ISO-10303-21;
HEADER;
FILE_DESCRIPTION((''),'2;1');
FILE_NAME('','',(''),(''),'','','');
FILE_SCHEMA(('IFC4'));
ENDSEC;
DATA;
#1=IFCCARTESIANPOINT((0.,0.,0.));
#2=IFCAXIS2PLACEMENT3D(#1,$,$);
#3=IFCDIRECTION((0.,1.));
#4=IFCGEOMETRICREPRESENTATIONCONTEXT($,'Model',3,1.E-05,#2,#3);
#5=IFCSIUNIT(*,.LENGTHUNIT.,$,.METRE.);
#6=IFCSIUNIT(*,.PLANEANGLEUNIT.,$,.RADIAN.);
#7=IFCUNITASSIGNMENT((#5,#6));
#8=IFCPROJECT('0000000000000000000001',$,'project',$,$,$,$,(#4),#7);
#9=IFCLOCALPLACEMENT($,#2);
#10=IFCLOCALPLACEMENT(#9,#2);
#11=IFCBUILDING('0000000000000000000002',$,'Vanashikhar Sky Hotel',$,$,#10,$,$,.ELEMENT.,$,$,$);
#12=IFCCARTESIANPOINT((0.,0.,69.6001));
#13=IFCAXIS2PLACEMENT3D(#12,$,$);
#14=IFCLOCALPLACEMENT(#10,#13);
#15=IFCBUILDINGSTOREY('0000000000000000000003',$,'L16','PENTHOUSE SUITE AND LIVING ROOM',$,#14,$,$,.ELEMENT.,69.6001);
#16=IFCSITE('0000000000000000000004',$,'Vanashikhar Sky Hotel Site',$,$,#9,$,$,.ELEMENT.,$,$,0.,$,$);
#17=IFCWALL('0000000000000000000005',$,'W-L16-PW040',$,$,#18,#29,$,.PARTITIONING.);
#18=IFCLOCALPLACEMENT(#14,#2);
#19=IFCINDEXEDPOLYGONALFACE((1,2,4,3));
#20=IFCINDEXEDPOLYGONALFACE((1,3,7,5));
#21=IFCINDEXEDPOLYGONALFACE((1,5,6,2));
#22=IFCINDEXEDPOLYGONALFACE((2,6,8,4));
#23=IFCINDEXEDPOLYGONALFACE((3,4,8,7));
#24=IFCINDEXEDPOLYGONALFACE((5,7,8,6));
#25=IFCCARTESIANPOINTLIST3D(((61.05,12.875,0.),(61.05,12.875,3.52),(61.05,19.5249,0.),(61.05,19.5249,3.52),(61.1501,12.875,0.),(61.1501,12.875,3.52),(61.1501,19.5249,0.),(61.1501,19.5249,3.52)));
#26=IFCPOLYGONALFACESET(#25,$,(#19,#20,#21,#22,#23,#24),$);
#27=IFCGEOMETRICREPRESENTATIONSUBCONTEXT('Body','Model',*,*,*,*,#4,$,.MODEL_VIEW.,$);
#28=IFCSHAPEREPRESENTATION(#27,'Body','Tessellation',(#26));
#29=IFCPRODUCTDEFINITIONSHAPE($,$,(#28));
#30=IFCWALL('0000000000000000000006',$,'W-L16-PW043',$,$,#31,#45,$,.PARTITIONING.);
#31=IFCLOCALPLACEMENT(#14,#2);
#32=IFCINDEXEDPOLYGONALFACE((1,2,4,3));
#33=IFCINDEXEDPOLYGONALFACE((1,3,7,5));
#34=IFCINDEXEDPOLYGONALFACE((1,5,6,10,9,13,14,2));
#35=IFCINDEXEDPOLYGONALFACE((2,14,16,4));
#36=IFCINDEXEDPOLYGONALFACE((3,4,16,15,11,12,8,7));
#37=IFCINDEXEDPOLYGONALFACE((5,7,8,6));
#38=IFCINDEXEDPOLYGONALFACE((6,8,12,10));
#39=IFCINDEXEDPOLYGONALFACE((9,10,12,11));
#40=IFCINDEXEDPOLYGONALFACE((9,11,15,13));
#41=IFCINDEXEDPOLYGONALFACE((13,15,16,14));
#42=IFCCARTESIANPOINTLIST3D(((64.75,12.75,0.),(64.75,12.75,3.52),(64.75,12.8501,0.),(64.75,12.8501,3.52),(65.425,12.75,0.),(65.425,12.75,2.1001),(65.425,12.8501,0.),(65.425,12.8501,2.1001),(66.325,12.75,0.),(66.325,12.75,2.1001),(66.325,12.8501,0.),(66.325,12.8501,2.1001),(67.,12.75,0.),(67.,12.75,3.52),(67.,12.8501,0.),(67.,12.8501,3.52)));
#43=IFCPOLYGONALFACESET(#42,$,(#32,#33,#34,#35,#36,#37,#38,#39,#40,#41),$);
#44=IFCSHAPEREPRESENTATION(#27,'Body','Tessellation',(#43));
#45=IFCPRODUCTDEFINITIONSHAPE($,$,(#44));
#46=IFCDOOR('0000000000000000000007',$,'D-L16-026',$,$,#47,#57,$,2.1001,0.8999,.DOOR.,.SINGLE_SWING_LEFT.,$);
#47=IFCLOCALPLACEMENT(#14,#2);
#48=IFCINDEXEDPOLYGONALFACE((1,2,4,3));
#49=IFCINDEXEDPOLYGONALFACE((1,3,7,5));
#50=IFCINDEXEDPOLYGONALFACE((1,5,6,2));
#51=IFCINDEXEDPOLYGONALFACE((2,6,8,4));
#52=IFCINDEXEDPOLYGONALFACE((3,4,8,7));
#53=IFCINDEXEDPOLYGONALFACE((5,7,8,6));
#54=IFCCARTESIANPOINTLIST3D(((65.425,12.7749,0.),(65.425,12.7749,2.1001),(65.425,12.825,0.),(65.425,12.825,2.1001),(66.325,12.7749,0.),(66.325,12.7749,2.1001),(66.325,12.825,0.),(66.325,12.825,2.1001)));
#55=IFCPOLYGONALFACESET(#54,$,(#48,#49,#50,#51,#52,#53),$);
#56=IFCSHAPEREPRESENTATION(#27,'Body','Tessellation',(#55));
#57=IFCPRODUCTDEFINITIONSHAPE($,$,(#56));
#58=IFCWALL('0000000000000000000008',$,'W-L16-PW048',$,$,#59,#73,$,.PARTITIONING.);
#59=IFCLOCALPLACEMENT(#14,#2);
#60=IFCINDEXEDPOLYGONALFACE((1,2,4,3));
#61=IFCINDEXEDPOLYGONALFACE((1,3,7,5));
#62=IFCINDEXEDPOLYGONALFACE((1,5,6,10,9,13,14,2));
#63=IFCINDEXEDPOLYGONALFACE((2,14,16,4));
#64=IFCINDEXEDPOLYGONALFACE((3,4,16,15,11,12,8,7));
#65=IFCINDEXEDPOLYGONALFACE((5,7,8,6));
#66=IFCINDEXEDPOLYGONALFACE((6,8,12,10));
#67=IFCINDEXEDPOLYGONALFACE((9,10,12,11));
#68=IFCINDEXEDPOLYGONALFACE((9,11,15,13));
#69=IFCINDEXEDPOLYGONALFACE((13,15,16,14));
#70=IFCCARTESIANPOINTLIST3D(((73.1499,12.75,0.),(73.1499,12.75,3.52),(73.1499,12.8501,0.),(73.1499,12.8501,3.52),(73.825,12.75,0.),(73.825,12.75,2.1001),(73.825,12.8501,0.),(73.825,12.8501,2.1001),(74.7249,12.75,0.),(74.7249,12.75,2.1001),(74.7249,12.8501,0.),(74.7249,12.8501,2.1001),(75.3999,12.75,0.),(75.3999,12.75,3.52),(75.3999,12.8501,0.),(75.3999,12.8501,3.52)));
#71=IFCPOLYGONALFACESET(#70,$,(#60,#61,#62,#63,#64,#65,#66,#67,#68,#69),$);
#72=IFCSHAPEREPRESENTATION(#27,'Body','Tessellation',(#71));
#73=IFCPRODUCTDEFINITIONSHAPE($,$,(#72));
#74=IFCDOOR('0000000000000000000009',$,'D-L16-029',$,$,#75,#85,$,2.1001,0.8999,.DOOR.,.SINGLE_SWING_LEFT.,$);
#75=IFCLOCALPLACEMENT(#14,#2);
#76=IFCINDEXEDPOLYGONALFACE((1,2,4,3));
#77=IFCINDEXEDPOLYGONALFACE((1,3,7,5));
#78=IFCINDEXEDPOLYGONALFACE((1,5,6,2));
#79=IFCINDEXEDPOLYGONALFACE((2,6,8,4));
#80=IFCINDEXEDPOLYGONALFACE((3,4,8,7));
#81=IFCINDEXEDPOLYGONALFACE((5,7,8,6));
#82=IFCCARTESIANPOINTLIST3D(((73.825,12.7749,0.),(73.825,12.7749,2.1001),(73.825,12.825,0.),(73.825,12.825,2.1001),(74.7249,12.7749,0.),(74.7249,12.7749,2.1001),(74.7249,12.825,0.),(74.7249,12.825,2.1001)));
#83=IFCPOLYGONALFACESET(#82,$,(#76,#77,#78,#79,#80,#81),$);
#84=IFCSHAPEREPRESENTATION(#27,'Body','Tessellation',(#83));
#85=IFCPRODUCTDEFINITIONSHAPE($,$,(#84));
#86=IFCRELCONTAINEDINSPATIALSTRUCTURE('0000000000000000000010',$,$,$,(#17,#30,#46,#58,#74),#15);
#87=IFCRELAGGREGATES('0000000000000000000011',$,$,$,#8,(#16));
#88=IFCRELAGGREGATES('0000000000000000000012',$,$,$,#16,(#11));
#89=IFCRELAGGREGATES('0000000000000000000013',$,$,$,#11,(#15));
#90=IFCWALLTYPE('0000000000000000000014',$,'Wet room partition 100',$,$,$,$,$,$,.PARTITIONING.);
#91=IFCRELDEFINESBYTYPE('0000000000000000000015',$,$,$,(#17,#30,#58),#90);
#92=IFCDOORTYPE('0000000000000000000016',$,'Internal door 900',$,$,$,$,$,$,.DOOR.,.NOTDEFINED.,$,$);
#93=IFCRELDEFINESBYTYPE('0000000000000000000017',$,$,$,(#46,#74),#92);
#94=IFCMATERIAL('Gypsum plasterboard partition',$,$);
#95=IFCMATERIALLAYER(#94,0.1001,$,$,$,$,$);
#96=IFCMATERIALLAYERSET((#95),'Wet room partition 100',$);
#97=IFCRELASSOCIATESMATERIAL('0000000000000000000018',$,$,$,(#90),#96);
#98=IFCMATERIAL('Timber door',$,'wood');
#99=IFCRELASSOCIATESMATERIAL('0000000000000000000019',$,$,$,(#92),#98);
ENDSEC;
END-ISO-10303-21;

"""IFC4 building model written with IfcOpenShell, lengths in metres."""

from ifc_helpers import new_model, si_unit, direction, frame, frame_2d, origin, place, context, subcontext, project, spatial, rectangle, extrude, source, transform, mapped, material, layer, layer_set, type_object, element, fill, save


model = new_model("IFC4")

# Units and contexts
model_context = context("Model", 3, precision=1e-05, world=origin(), true_north=direction((0.0, 1.0)))
body_context = subcontext(model_context, "Body", "Model", "MODEL_VIEW")
ifc_project = project(units=[si_unit("LENGTHUNIT", "METRE"), si_unit("PLANEANGLEUNIT", "RADIAN")], contexts=[model_context])

# Site, building, storey
site_placement = place(None, origin())
site = spatial("IfcSite", under=ifc_project, at=site_placement, Name="Vanashikhar Sky Hotel Site", CompositionType="ELEMENT", RefElevation=0.0)
building_placement = place(site_placement, origin())
building = spatial("IfcBuilding", under=site, at=building_placement, Name="Vanashikhar Sky Hotel", CompositionType="ELEMENT")
storey_placement = place(building_placement, frame((0.0, 0.0, 69.6001)))
storey = spatial("IfcBuildingStorey", under=building, at=storey_placement, Name="L16", Description="PENTHOUSE SUITE AND LIVING ROOM", CompositionType="ELEMENT", Elevation=69.6001)

# Shared definitions
ifc_material_1 = material(Name="Gypsum plasterboard partition")
ifc_layer_1 = layer(ifc_material_1, 0.1001)
ifc_layer_set_1 = layer_set([ifc_layer_1], Name="Wet room partition 100")
wall_type_1 = type_object("IfcWallType", Name="Wet room partition 100", PredefinedType="PARTITIONING", material=ifc_layer_set_1)
shared_shape_1 = source(origin(), body_context, "Body", "SweptSolid", [
    extrude(rectangle(XDim=0.8999, YDim=2.1001, at=frame_2d((0.45, 1.05))), frame((0.0, 0.0601, 0.0), z_axis=(0.0, -1.0, 0.0), x_axis=(1.0, 0.0, 0.0)), (0.0, 0.0, 1.0), 0.1201),
])
ifc_material_2 = material(Name="Timber door", Category="wood")
door_type_1 = type_object("IfcDoorType", Name="Internal door 900", OperationType="NOTDEFINED", PredefinedType="DOOR", material=ifc_material_2)
shared_shape_2 = source(origin(), body_context, "Body", "SweptSolid", [
    extrude(rectangle(XDim=0.8999, YDim=2.1001, at=frame_2d((0.45, 1.05))), frame((0.0, 0.0249, 0.0), z_axis=(0.0, -1.0, 0.0), x_axis=(1.0, 0.0, 0.0)), (0.0, 0.0, 1.0), 0.05),
])

# Wall
shared_shape_3 = source(origin(), body_context, "Body", "SweptSolid", [
    extrude(rectangle(XDim=6.6499, YDim=0.1001, at=frame_2d((3.325, 0.0))), origin(), (0.0, 0.0, 1.0), 3.52),
])
wall_1_placement = place(storey_placement, frame((61.1001, 12.875, 0.0), z_axis=(0.0, 0.0, 1.0), x_axis=(0.0, 1.0, 0.0)))
element("IfcWall", 1, at=wall_1_placement, inside=storey, type_object=wall_type_1, Name="W-L16-PW040", PredefinedType="PARTITIONING", context=body_context, shape_type="MappedRepresentation", body=[
    mapped(shared_shape_3, transform((0.0, 0.0, 0.0), scale=1.0)),
])

# Walls, openings, doors
shared_shape_4 = source(origin(), body_context, "Body", "SweptSolid", [
    extrude(rectangle(XDim=2.25, YDim=0.1001, at=frame_2d((1.125, 0.0))), origin(), (0.0, 0.0, 1.0), 3.52),
])
wall_2_placement = place(storey_placement, frame((64.75, 12.8, 0.0), z_axis=(0.0, 0.0, 1.0), x_axis=(1.0, 0.0, 0.0)))
wall_2 = element("IfcWall", 2, at=wall_2_placement, inside=storey, type_object=wall_type_1, Name="W-L16-PW043", PredefinedType="PARTITIONING", context=body_context, shape_type="MappedRepresentation", body=[
    mapped(shared_shape_4, transform((0.0, 0.0, 0.0), scale=1.0)),
])
opening_1_placement = place(wall_2_placement, frame((0.675, 0.0, 0.0)))
opening_1 = element("IfcOpeningElement", 3, at=opening_1_placement, cuts=wall_2, PredefinedType="OPENING", context=body_context, shape_type="MappedRepresentation", body=[
    mapped(shared_shape_1, transform((0.0, 0.0, 0.0), scale=1.0)),
])
door_1_placement = place(opening_1_placement, origin())
door_1 = element("IfcDoor", 4, at=door_1_placement, inside=storey, type_object=door_type_1, Name="D-L16-026", OperationType="SINGLE_SWING_LEFT", OverallHeight=2.1001, OverallWidth=0.8999, PredefinedType="DOOR", context=body_context, shape_type="MappedRepresentation", body=[
    mapped(shared_shape_2, transform((0.0, 0.0, 0.0), scale=1.0)),
])
fill(opening_1, door_1)
wall_3_placement = place(storey_placement, frame((73.1499, 12.8, 0.0), z_axis=(0.0, 0.0, 1.0), x_axis=(1.0, 0.0, 0.0)))
wall_3 = element("IfcWall", 5, at=wall_3_placement, inside=storey, type_object=wall_type_1, Name="W-L16-PW048", PredefinedType="PARTITIONING", context=body_context, shape_type="MappedRepresentation", body=[
    mapped(shared_shape_4, transform((0.0, 0.0, 0.0), scale=1.0)),
])
opening_2_placement = place(wall_3_placement, frame((0.675, 0.0, 0.0)))
opening_2 = element("IfcOpeningElement", 6, at=opening_2_placement, cuts=wall_3, PredefinedType="OPENING", context=body_context, shape_type="MappedRepresentation", body=[
    mapped(shared_shape_1, transform((0.0, 0.0, 0.0), scale=1.0)),
])
door_2_placement = place(opening_2_placement, origin())
door_2 = element("IfcDoor", 7, at=door_2_placement, inside=storey, type_object=door_type_1, Name="D-L16-029", OperationType="SINGLE_SWING_LEFT", OverallHeight=2.1001, OverallWidth=0.8999, PredefinedType="DOOR", context=body_context, shape_type="MappedRepresentation", body=[
    mapped(shared_shape_2, transform((0.0, 0.0, 0.0), scale=1.0)),
])
fill(opening_2, door_2)

save(model, "model.ifc")
